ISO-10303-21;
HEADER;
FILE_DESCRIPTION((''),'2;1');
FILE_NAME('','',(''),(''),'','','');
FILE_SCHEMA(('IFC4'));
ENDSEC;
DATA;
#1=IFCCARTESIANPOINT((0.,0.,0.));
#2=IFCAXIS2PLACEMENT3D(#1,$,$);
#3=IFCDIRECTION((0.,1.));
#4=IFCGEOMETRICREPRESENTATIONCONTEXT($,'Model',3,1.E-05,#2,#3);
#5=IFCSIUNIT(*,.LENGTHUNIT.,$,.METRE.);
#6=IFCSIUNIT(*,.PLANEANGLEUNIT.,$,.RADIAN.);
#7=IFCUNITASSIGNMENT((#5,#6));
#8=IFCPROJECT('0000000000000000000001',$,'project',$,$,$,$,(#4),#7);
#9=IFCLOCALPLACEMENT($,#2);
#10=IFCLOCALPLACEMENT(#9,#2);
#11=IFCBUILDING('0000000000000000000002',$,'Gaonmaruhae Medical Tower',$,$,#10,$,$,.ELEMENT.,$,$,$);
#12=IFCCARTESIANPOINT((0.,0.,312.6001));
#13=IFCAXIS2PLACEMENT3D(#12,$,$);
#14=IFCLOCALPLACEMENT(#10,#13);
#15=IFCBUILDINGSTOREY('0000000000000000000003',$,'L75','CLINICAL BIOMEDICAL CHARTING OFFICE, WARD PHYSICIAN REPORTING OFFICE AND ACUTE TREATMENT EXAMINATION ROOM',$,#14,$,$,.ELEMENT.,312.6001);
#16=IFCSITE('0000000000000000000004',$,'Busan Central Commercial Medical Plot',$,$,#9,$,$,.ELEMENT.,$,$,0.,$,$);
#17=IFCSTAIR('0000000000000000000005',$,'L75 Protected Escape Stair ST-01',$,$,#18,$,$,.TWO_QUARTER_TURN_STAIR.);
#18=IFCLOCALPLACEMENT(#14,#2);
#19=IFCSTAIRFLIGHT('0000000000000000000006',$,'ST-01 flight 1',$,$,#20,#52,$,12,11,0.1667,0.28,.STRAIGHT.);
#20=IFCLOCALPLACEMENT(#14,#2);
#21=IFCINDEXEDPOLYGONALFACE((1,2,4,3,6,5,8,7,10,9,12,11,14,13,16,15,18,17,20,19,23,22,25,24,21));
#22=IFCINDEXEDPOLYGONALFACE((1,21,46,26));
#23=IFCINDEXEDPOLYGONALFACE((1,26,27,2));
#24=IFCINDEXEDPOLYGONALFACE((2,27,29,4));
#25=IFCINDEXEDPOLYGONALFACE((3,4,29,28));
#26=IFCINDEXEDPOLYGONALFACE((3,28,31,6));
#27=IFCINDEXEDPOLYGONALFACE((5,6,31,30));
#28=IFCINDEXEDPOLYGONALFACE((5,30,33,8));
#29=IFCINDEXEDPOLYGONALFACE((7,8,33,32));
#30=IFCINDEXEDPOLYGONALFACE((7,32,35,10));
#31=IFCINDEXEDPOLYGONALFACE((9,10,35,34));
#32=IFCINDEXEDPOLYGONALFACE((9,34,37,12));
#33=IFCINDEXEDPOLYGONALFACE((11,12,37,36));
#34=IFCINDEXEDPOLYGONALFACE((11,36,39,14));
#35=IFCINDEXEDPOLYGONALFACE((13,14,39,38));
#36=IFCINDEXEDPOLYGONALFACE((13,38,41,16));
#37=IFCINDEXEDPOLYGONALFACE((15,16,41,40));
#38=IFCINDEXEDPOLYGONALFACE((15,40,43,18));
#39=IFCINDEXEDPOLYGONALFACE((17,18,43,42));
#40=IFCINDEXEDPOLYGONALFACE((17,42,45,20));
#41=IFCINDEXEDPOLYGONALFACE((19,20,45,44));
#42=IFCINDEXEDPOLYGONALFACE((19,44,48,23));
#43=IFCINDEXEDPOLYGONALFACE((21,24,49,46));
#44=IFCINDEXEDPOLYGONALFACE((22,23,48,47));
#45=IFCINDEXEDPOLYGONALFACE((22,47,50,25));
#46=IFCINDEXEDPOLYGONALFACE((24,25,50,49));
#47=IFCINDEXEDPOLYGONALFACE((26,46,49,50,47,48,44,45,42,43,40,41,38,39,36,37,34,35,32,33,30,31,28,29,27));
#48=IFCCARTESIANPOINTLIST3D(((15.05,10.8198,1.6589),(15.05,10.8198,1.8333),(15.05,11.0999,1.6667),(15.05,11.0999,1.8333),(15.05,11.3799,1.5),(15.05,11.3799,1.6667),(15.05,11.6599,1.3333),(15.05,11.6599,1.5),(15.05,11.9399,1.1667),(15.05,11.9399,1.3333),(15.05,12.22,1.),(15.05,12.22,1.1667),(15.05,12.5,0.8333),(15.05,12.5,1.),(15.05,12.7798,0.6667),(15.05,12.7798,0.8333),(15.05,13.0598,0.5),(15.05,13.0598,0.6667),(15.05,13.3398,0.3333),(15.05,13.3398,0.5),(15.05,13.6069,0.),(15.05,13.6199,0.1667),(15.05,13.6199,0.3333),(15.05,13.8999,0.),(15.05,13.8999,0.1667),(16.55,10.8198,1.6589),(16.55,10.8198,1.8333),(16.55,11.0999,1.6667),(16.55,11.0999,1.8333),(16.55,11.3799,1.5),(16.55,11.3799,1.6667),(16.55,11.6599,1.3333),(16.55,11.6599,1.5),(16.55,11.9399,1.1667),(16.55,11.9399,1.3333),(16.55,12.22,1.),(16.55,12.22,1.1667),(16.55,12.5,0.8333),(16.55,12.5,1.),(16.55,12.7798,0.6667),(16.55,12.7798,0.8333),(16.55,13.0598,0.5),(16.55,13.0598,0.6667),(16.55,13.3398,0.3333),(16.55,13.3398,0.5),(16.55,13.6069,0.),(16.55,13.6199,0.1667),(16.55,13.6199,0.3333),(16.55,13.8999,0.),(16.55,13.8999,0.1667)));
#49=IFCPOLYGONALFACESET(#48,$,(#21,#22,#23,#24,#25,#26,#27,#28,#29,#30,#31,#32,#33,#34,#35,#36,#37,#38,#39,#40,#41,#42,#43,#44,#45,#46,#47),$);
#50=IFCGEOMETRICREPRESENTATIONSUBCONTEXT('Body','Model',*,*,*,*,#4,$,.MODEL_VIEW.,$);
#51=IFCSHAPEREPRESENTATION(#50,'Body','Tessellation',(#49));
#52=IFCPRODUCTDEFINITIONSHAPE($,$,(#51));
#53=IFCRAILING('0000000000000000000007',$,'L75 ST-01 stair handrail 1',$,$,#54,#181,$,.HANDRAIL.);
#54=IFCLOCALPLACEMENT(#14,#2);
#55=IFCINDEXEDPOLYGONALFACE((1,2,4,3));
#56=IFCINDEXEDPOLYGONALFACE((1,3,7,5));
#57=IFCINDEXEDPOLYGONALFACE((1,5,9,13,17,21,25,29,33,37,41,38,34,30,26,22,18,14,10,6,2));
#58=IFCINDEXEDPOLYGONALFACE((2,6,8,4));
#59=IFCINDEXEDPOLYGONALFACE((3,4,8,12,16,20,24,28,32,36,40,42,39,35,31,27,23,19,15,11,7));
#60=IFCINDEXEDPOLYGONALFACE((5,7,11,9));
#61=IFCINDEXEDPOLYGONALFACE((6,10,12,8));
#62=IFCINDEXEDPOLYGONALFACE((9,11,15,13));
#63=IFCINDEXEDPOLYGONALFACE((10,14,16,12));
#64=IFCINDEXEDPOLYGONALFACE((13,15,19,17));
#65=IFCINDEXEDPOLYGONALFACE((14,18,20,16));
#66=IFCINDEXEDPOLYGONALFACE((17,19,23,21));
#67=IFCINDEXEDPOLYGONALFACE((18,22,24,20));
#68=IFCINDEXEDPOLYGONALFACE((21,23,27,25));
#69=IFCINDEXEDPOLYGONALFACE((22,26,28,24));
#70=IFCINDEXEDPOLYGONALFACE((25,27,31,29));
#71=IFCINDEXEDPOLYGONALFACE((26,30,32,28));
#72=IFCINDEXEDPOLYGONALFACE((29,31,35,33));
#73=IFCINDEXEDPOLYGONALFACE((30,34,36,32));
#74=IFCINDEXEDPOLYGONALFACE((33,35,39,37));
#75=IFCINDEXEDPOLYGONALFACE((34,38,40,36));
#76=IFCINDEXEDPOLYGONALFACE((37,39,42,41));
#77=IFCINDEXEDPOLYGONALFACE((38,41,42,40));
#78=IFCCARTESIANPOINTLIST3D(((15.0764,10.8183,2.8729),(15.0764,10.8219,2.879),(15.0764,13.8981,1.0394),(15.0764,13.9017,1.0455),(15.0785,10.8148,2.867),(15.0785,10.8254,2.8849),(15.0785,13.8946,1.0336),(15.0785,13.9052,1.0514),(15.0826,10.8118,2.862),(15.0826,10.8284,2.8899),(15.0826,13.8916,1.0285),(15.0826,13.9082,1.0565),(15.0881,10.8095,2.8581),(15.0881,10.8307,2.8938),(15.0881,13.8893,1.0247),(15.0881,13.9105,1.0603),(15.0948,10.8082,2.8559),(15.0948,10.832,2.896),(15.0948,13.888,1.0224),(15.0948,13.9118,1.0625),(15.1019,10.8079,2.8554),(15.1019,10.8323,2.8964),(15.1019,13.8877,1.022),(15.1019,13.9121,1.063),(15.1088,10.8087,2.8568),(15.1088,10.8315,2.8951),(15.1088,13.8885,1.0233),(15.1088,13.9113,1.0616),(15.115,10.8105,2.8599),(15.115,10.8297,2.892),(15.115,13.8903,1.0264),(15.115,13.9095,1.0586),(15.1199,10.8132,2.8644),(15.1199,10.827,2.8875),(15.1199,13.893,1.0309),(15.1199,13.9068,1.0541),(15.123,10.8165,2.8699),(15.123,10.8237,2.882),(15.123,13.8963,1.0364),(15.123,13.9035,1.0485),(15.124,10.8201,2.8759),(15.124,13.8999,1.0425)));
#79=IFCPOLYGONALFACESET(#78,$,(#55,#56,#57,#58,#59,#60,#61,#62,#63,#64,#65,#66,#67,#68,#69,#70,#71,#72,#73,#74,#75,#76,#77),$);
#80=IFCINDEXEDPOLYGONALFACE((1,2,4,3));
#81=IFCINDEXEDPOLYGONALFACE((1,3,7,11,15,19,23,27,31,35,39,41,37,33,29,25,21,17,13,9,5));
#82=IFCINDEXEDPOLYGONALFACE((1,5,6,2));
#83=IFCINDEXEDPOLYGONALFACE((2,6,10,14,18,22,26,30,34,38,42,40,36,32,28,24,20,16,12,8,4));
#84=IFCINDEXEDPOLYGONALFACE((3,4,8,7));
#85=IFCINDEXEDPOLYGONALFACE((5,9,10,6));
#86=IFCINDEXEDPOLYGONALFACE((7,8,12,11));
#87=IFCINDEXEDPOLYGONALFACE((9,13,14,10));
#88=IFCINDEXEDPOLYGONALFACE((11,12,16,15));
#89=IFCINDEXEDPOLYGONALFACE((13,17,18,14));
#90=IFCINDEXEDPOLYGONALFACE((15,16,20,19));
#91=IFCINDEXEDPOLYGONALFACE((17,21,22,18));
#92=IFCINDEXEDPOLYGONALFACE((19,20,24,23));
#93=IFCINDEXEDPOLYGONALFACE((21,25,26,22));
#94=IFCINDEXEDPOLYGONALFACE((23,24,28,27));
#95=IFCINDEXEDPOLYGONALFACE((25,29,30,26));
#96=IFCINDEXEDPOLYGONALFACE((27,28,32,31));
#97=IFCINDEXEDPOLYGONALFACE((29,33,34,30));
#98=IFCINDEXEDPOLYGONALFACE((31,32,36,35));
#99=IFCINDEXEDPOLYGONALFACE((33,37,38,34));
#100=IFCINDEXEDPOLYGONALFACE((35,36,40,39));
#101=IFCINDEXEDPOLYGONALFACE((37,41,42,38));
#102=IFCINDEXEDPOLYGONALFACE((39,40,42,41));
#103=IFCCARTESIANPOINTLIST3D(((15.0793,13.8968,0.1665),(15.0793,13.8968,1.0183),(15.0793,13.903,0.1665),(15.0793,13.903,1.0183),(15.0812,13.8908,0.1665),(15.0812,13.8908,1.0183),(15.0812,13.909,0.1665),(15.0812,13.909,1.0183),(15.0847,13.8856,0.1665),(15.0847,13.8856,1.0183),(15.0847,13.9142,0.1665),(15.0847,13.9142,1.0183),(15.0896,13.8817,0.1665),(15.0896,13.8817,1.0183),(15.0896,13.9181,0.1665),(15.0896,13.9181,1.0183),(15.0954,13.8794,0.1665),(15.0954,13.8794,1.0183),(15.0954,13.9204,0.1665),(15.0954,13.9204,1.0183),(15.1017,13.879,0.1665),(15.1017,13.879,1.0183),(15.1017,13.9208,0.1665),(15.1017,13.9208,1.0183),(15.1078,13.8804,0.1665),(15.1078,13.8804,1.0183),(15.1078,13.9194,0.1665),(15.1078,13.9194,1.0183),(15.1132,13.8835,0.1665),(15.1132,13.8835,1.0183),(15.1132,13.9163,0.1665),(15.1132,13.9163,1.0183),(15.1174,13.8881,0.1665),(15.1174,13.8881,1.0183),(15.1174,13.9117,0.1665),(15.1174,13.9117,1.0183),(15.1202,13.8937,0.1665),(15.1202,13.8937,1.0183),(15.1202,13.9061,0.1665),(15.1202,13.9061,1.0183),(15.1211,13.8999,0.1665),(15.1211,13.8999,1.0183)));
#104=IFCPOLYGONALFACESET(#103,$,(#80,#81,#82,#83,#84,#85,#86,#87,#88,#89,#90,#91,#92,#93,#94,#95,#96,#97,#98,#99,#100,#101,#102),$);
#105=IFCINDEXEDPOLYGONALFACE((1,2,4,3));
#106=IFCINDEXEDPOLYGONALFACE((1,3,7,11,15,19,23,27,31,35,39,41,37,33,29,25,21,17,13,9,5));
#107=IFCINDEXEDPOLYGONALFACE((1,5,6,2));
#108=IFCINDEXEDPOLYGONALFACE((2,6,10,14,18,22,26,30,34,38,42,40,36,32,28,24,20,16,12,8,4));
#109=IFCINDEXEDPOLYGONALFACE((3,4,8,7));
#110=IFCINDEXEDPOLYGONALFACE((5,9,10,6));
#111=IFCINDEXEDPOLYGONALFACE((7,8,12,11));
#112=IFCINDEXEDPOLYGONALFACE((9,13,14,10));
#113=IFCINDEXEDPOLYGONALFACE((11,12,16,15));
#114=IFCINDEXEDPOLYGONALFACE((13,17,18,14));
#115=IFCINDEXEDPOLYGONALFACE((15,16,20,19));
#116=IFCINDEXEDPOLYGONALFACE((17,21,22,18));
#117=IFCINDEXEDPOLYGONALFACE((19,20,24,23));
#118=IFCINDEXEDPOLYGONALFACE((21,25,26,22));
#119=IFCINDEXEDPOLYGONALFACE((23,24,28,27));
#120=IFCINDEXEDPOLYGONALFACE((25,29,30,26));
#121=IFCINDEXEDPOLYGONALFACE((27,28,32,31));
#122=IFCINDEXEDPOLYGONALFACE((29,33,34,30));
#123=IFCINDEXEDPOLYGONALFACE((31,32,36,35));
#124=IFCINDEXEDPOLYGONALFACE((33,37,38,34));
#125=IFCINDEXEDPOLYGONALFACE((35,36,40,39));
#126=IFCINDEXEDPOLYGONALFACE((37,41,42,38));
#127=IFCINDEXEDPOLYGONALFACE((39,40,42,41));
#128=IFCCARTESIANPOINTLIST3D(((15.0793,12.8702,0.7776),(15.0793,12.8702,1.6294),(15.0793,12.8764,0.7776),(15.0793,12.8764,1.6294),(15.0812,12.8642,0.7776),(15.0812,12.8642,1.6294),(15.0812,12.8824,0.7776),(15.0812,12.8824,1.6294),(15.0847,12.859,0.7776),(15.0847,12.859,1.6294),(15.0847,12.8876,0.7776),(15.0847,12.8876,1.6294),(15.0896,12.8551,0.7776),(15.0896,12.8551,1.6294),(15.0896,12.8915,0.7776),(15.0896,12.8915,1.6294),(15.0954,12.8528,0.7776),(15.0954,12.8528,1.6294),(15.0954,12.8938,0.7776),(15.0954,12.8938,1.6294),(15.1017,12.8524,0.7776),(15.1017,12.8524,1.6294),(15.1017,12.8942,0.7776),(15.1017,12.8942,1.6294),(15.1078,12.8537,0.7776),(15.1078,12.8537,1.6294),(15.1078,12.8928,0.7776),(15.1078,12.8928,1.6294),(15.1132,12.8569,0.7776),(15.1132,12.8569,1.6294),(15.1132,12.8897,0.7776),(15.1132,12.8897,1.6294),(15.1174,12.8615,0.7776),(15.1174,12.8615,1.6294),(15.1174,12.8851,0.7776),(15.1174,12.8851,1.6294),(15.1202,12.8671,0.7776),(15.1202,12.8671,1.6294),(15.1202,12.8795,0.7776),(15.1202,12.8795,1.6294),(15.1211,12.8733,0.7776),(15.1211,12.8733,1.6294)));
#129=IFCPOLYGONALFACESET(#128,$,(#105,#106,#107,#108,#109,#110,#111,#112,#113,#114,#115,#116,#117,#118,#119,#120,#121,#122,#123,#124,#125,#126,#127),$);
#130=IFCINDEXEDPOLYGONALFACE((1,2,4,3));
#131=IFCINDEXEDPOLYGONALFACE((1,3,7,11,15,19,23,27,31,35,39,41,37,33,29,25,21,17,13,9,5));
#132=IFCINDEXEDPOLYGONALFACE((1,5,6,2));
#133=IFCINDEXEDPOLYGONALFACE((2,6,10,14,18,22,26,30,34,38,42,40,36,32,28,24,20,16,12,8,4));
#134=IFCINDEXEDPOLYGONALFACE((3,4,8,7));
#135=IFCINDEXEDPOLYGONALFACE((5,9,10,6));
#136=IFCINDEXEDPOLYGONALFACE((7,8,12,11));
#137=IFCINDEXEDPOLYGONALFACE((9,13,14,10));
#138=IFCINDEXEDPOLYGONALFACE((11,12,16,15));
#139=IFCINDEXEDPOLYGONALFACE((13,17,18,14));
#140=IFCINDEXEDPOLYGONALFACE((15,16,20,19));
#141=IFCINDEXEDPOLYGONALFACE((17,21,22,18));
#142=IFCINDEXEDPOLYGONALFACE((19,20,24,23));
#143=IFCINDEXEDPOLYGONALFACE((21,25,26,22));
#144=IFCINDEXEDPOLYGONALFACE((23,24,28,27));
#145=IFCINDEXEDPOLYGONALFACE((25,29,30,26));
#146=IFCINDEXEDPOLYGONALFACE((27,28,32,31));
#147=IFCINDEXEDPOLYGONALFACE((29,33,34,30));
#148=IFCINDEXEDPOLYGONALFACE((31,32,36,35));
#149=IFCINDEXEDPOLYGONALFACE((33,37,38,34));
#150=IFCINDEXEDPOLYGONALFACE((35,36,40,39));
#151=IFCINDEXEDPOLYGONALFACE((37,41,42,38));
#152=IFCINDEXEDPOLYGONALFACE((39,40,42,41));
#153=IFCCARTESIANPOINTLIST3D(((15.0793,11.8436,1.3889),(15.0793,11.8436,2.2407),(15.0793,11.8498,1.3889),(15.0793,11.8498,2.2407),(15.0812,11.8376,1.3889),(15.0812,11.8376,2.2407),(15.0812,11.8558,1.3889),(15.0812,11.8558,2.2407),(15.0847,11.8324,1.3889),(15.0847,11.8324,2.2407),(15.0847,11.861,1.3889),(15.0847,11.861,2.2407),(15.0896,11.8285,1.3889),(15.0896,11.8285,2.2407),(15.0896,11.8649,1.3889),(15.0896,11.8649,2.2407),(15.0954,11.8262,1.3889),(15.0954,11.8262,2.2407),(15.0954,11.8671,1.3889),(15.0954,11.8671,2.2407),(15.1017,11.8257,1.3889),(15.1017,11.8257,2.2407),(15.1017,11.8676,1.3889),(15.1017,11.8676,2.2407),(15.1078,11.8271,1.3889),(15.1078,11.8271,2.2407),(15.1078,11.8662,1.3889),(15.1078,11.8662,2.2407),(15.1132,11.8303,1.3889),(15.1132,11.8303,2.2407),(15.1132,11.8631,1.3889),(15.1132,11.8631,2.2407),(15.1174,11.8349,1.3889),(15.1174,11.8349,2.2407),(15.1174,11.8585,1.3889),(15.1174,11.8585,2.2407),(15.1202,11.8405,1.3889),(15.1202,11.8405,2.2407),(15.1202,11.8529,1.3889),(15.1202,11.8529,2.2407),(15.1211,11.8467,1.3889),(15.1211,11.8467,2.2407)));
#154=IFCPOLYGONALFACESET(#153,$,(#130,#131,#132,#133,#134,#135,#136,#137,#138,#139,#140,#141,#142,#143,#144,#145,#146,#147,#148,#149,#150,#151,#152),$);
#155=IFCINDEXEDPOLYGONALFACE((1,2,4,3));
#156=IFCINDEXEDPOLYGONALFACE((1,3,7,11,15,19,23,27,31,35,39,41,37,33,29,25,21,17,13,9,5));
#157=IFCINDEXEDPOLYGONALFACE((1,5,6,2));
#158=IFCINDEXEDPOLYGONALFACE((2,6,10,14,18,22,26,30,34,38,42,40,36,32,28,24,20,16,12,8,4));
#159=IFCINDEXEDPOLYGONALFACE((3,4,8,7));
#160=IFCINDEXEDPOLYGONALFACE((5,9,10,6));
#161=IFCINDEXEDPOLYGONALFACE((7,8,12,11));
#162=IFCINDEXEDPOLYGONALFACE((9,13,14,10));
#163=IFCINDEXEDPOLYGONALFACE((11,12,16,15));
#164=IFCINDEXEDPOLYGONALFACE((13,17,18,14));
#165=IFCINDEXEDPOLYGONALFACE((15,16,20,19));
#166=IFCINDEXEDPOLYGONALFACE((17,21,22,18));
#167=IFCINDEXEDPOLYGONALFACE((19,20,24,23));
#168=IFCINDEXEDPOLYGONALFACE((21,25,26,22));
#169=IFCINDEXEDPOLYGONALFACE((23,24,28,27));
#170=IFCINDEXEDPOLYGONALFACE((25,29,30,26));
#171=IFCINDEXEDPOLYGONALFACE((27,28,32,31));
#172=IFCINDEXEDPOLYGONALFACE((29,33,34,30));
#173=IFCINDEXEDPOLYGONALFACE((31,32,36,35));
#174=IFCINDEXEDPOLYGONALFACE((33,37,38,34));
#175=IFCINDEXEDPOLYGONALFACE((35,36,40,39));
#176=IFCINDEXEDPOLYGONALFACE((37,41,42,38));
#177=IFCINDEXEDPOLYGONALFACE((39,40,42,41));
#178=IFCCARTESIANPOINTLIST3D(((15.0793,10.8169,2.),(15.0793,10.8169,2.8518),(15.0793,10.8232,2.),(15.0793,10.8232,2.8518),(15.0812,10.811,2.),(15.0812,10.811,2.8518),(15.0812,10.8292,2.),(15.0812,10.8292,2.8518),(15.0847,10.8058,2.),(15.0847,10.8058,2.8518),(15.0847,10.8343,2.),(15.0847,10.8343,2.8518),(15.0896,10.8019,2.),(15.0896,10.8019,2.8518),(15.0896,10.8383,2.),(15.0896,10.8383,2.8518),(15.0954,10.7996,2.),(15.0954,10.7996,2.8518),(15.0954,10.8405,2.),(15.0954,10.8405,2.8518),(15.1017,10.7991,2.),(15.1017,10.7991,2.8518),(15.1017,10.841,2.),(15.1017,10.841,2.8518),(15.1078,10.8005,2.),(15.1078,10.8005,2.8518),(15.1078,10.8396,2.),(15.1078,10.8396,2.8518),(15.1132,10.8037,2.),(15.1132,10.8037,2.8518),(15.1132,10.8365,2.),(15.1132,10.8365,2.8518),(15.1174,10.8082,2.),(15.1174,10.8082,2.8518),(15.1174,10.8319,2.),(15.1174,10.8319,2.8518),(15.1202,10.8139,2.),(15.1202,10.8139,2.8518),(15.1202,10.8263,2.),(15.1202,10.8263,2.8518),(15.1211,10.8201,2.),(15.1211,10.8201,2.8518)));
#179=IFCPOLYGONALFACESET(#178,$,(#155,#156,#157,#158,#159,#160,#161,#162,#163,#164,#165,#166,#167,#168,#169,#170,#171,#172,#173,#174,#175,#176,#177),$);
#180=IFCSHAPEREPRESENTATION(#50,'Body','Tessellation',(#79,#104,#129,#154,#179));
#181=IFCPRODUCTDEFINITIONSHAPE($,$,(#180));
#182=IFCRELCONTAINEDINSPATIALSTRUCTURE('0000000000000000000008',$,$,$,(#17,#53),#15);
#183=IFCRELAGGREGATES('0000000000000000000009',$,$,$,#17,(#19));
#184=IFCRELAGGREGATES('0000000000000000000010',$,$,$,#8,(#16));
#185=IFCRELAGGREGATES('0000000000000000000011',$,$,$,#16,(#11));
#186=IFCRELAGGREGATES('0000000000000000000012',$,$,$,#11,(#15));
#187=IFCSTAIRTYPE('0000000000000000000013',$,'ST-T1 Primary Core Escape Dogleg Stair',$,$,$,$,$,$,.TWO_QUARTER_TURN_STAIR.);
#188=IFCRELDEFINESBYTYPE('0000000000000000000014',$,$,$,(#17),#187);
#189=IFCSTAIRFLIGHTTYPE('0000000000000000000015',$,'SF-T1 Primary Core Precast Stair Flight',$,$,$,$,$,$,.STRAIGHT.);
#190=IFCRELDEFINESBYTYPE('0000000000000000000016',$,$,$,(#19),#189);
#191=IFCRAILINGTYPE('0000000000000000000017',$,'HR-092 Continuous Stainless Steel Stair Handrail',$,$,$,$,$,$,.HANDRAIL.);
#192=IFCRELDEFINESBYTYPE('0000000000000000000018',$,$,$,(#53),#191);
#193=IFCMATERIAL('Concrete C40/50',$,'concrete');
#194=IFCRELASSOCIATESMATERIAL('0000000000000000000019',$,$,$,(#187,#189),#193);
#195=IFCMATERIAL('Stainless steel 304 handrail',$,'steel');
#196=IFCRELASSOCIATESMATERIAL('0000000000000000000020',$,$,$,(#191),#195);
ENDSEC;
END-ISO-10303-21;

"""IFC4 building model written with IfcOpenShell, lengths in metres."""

from ifc_helpers import new_model, si_unit, direction, frame, origin, origin_2d, place, context, subcontext, project, spatial, polyline, circle, outline, extrude, material, type_object, element, aggregate, save


model = new_model("IFC4")

# Units and contexts
model_context = context("Model", 3, precision=1e-05, world=origin(), true_north=direction((0.0, 1.0)))
body_context = subcontext(model_context, "Body", "Model", "MODEL_VIEW")
ifc_project = project(units=[si_unit("LENGTHUNIT", "METRE"), si_unit("PLANEANGLEUNIT", "RADIAN")], contexts=[model_context])

# Site, building, storey
site_placement = place(None, origin())
site = spatial("IfcSite", under=ifc_project, at=site_placement, Name="Busan Central Commercial Medical Plot", CompositionType="ELEMENT", RefElevation=0.0)
building_placement = place(site_placement, origin())
building = spatial("IfcBuilding", under=site, at=building_placement, Name="Gaonmaruhae Medical Tower", CompositionType="ELEMENT")
storey_placement = place(building_placement, frame((0.0, 0.0, 312.6001)))
storey = spatial("IfcBuildingStorey", under=building, at=storey_placement, Name="L75", Description="CLINICAL BIOMEDICAL CHARTING OFFICE, WARD PHYSICIAN REPORTING OFFICE AND ACUTE TREATMENT EXAMINATION ROOM", CompositionType="ELEMENT", Elevation=312.6001)

# Stair, stair flight
ifc_material_1 = material(Name="Concrete C40/50", Category="concrete")
stair_type = type_object("IfcStairType", Name="ST-T1 Primary Core Escape Dogleg Stair", PredefinedType="TWO_QUARTER_TURN_STAIR", material=ifc_material_1)
stair_placement = place(storey_placement, origin())
stair = element("IfcStair", 1, at=stair_placement, inside=storey, type_object=stair_type, Name="L75 Protected Escape Stair ST-01", PredefinedType="TWO_QUARTER_TURN_STAIR")
stair_flight_type = type_object("IfcStairFlightType", Name="SF-T1 Primary Core Precast Stair Flight", PredefinedType="STRAIGHT", material=ifc_material_1)
stair_flight_placement = place(storey_placement, frame((15.8, 13.8999, 0.0), z_axis=(0.0, 0.0, 1.0), x_axis=(0.0, -1.0, 0.0)))
stair_flight = element("IfcStairFlight", 2, at=stair_flight_placement, type_object=stair_flight_type, Name="ST-01 flight 1", NumberOfRisers=12, NumberOfTreads=11, PredefinedType="STRAIGHT", RiserHeight=0.1667, TreadLength=0.28, context=body_context, shape_type="SweptSolid", body=[
    extrude(outline(polyline([(0.0, 0.0), (0.0, 0.1667), (0.28, 0.1667), (0.28, 0.3333), (0.5601, 0.3333), (0.5601, 0.5), (0.8401, 0.5), (0.8401, 0.6667), (1.1201, 0.6667), (1.1201, 0.8333), (1.3999, 0.8333), (1.3999, 1.0), (1.6799, 1.0), (1.6799, 1.1667), (1.96, 1.1667), (1.96, 1.3333), (2.24, 1.3333), (2.24, 1.5), (2.52, 1.5), (2.52, 1.6667), (2.8, 1.6667), (2.8, 1.8333), (3.0801, 1.8333), (3.0801, 2.0), (3.0801, 1.6589), (0.293, 0.0), (0.0, 0.0)])), frame((0.0, 0.75, 0.0), z_axis=(0.0, -1.0, 0.0), x_axis=(1.0, 0.0, 0.0)), (0.0, 0.0, 1.0), 1.5),
])
aggregate(stair, [stair_flight])

# Railing
ifc_material_2 = material(Name="Stainless steel 304 handrail", Category="steel")
railing_type_1 = type_object("IfcRailingType", Name="HR-092 Continuous Stainless Steel Stair Handrail", PredefinedType="HANDRAIL", material=ifc_material_2)
railing_1_placement = place(storey_placement, frame((15.1001, 13.8999, 0.1665)))
element("IfcRailing", 3, at=railing_1_placement, inside=storey, type_object=railing_type_1, Name="L75 ST-01 stair handrail 1", PredefinedType="HANDRAIL", context=body_context, shape_type="SweptSolid", body=[
    extrude(circle(Radius=0.0239, at=origin_2d()), frame((0.0, 0.0, 0.876), z_axis=(0.0, -0.859261, 0.511538), x_axis=(1.0, 0.0, 0.0)), (0.0, 0.0, 1.0), 3.5842),
    extrude(circle(Radius=0.021, at=origin_2d()), origin(), (0.0, 0.0, 1.0), 0.8518),
    extrude(circle(Radius=0.021, at=origin_2d()), frame((0.0, -1.0266, 0.6111)), (0.0, 0.0, 1.0), 0.8518),
    extrude(circle(Radius=0.021, at=origin_2d()), frame((0.0, -2.0532, 1.2224)), (0.0, 0.0, 1.0), 0.8518),
    extrude(circle(Radius=0.021, at=origin_2d()), frame((0.0, -3.0798, 1.8335)), (0.0, 0.0, 1.0), 0.8518),
])

save(model, "model.ifc")
